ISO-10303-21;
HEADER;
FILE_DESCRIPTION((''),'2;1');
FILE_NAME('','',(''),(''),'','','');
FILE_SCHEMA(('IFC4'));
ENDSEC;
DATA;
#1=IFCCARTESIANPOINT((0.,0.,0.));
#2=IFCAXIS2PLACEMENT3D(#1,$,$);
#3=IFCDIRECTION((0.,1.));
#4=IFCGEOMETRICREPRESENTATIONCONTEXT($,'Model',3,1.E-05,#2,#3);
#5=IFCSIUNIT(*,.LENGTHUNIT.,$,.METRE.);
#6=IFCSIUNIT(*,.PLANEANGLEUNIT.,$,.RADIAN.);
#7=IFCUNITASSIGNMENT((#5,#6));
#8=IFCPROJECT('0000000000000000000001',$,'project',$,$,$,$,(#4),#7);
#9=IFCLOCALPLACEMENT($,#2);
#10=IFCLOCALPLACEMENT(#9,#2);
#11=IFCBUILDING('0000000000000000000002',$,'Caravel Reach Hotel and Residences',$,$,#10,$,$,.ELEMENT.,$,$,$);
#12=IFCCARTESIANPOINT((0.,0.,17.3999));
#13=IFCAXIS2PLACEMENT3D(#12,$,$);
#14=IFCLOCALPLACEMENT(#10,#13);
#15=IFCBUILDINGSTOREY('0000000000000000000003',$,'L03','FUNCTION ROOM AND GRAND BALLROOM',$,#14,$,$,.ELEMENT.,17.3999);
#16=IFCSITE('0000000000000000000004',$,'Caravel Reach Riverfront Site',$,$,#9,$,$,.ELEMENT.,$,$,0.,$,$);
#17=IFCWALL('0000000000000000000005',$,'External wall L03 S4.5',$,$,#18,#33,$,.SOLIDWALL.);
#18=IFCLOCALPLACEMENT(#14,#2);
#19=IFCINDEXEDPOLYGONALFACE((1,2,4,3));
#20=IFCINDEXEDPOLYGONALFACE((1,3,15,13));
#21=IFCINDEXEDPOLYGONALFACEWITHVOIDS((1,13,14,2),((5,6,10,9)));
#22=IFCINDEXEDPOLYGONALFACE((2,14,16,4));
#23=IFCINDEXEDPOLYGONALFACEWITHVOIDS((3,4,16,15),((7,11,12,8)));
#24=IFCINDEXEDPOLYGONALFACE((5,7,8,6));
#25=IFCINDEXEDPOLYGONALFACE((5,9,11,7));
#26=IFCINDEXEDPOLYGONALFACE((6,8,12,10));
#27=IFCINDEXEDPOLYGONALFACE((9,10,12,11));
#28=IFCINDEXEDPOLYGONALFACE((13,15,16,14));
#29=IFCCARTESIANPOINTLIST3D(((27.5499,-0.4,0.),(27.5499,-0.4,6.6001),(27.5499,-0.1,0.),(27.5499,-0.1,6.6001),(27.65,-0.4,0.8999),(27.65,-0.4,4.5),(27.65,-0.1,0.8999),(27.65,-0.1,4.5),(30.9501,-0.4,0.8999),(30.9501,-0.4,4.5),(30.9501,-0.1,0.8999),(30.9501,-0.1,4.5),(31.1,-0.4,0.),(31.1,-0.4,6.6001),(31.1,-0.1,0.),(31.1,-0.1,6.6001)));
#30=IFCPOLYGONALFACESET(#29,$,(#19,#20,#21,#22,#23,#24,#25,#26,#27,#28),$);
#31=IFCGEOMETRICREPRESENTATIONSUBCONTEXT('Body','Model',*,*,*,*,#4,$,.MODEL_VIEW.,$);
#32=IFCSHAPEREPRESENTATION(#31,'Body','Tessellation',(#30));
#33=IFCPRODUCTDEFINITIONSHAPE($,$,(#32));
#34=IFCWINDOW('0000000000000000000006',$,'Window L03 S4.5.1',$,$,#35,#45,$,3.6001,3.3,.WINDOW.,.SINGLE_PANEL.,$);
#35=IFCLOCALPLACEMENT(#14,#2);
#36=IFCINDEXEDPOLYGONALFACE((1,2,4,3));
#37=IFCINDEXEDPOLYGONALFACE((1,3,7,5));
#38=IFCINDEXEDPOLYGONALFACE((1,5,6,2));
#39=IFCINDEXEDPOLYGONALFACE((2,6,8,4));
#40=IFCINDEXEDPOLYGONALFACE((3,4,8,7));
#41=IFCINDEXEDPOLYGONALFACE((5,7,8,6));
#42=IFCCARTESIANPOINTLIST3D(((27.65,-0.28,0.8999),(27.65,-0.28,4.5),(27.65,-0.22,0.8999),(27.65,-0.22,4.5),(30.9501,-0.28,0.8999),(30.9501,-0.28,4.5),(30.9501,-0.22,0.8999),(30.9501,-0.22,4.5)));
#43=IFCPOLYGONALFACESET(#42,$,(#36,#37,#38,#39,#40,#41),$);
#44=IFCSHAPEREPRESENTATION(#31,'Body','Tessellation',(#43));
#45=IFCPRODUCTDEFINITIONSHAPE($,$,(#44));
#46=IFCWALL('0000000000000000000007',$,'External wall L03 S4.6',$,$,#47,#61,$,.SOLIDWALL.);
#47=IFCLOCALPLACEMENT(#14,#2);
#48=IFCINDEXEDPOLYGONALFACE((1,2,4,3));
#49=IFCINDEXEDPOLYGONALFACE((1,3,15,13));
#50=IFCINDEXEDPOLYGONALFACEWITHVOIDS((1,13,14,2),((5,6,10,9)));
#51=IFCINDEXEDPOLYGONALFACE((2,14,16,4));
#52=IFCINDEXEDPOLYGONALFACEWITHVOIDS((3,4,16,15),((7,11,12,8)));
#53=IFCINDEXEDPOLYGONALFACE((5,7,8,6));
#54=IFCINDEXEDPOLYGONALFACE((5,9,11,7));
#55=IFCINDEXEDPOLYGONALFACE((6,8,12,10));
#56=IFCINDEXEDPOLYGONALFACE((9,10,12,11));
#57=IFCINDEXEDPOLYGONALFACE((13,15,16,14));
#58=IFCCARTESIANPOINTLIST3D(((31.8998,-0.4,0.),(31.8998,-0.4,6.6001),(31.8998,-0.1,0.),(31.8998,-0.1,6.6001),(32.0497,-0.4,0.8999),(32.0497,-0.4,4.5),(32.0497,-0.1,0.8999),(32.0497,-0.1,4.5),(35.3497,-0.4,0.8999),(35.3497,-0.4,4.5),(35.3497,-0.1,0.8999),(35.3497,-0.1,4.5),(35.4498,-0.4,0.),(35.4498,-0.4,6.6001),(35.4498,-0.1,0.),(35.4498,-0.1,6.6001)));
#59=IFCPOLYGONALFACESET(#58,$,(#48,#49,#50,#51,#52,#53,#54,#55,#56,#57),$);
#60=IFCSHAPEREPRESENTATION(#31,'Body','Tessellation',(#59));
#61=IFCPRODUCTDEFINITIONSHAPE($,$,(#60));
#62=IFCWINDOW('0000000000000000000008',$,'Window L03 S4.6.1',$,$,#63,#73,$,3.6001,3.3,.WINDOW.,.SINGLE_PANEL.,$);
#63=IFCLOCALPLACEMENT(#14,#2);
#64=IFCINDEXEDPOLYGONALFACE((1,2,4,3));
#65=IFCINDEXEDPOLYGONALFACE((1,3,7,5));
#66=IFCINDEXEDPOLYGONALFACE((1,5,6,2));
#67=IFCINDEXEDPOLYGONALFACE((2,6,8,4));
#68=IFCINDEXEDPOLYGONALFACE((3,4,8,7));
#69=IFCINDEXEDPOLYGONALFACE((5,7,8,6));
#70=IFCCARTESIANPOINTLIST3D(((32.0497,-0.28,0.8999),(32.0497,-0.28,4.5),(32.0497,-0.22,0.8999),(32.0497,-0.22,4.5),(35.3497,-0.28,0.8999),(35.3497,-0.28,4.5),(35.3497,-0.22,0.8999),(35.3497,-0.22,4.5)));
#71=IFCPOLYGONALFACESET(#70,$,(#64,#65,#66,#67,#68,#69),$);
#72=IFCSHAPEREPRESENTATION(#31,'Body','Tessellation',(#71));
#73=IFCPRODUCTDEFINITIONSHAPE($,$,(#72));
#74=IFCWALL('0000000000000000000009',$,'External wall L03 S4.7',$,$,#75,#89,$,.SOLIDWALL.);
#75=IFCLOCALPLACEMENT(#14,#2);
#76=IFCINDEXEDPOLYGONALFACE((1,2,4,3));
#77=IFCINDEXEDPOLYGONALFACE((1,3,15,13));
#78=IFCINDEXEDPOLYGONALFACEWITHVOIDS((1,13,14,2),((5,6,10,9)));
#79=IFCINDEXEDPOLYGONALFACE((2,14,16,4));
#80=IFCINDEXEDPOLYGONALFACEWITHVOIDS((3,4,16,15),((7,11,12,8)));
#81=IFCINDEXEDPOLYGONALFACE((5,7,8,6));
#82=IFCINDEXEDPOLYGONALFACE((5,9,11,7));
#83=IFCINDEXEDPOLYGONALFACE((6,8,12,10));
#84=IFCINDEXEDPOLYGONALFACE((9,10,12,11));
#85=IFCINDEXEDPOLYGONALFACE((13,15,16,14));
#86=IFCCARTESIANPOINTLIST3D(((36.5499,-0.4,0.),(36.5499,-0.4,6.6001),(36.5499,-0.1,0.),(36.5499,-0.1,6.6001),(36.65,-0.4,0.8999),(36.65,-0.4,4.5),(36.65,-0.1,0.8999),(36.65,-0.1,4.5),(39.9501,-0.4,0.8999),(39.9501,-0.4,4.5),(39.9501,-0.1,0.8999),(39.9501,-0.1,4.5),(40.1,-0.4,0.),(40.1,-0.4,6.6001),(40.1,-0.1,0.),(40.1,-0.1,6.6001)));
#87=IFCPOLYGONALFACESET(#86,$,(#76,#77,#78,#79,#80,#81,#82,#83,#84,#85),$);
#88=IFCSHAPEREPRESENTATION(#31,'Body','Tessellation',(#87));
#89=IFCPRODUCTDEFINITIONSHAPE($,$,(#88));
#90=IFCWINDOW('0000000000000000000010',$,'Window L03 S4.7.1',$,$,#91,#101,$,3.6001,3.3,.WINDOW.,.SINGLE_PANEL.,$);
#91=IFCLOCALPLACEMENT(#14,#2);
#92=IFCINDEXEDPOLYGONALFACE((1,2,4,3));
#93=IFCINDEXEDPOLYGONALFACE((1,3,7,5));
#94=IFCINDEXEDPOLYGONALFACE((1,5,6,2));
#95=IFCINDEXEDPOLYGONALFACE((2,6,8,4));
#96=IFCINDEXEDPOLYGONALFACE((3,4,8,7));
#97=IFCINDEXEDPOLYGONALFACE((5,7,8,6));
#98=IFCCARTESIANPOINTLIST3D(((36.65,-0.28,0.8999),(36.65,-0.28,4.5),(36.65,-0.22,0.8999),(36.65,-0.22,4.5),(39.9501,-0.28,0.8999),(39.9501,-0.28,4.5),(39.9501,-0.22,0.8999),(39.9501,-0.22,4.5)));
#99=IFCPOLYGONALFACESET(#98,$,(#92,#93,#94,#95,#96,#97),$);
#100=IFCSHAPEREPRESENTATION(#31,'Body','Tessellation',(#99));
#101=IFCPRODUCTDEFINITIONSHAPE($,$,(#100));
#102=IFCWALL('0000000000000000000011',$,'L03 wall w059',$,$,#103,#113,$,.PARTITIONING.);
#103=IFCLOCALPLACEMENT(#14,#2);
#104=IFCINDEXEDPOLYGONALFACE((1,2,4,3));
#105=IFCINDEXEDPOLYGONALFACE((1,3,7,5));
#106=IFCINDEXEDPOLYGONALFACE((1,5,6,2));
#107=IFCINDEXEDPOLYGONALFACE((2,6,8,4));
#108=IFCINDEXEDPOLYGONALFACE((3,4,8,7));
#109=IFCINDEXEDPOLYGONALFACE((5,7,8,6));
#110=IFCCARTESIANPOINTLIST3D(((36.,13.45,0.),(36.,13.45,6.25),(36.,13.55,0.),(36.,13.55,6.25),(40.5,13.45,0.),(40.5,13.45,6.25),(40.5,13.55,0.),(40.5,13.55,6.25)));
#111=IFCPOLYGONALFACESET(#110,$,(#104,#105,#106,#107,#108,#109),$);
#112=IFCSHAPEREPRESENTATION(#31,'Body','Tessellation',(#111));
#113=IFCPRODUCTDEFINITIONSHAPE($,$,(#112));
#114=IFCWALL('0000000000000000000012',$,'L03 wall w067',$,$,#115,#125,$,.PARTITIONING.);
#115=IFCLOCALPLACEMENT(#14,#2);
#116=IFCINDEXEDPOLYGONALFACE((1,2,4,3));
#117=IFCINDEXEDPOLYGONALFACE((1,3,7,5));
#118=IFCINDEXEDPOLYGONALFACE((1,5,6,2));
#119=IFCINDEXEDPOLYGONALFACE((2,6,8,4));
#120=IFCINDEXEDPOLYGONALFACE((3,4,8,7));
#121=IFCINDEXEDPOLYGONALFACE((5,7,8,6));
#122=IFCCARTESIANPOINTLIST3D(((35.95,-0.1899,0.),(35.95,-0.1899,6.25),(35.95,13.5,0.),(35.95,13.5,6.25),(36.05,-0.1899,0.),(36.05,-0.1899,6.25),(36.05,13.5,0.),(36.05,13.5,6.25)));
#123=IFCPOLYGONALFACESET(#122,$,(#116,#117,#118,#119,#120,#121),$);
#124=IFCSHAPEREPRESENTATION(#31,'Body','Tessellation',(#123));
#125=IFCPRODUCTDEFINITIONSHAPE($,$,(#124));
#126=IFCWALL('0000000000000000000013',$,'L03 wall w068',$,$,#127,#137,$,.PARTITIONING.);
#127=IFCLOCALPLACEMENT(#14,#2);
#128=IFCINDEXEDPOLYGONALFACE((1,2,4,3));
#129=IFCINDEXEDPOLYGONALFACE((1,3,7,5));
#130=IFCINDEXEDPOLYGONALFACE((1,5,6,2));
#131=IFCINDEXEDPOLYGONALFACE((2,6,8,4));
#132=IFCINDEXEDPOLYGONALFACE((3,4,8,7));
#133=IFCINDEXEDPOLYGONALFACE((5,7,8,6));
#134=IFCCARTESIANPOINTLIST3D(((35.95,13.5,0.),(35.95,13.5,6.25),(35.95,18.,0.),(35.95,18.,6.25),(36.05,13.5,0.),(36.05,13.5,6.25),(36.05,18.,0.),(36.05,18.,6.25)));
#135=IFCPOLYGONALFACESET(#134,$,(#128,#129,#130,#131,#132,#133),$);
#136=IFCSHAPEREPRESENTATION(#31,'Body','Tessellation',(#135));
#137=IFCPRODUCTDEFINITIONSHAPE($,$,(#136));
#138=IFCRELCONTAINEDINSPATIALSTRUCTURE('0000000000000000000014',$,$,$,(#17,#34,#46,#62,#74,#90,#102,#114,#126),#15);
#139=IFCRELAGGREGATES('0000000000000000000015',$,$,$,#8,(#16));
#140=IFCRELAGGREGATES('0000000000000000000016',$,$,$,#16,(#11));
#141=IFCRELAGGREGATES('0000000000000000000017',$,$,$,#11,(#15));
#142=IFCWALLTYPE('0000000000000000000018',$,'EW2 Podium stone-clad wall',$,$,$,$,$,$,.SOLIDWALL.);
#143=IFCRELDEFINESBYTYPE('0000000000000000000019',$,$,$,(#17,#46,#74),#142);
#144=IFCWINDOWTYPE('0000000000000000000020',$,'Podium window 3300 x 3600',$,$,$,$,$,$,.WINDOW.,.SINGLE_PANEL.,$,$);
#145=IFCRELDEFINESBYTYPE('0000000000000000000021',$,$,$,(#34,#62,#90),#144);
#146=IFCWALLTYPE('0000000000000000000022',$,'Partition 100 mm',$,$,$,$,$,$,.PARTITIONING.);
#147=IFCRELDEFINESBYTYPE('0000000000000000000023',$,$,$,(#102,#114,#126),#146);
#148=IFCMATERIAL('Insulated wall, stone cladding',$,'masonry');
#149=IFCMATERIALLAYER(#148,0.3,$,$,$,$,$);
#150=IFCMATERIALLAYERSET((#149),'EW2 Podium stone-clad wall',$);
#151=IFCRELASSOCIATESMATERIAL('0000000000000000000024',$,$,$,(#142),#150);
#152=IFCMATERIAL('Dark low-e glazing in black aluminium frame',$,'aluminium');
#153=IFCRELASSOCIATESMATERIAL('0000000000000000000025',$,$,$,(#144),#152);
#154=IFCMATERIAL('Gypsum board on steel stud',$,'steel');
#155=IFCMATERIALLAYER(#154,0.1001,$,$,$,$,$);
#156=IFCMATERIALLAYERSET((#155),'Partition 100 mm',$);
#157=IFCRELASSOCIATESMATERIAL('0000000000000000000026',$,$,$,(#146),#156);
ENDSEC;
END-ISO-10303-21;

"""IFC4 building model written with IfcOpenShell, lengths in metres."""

from ifc_helpers import new_model, si_unit, direction, frame, frame_2d, origin, place, context, subcontext, project, spatial, rectangle, extrude, material, layer, layer_set, type_object, element, fill, save


model = new_model("IFC4")

# Units and contexts
model_context = context("Model", 3, precision=1e-05, world=origin(), true_north=direction((0.0, 1.0)))
body_context = subcontext(model_context, "Body", "Model", "MODEL_VIEW")
ifc_project = project(units=[si_unit("LENGTHUNIT", "METRE"), si_unit("PLANEANGLEUNIT", "RADIAN")], contexts=[model_context])

# Site, building, storey
site_placement = place(None, origin())
site = spatial("IfcSite", under=ifc_project, at=site_placement, Name="Caravel Reach Riverfront Site", CompositionType="ELEMENT", RefElevation=0.0)
building_placement = place(site_placement, origin())
building = spatial("IfcBuilding", under=site, at=building_placement, Name="Caravel Reach Hotel and Residences", CompositionType="ELEMENT")
storey_placement = place(building_placement, frame((0.0, 0.0, 17.3999)))
storey = spatial("IfcBuildingStorey", under=building, at=storey_placement, Name="L03", Description="FUNCTION ROOM AND GRAND BALLROOM", CompositionType="ELEMENT", Elevation=17.3999)

# Walls, openings, windows
ifc_material_1 = material(Name="Insulated wall, stone cladding", Category="masonry")
ifc_layer_1 = layer(ifc_material_1, 0.3)
ifc_layer_set_1 = layer_set([ifc_layer_1], Name="EW2 Podium stone-clad wall")
wall_type_1 = type_object("IfcWallType", Name="EW2 Podium stone-clad wall", PredefinedType="SOLIDWALL", material=ifc_layer_set_1)
wall_1_placement = place(storey_placement, frame((27.55, -0.25, 0.0), z_axis=(0.0, 0.0, 1.0), x_axis=(1.0, 0.0, 0.0)))
wall_1 = element("IfcWall", 1, at=wall_1_placement, inside=storey, type_object=wall_type_1, Name="External wall L03 S4.5", PredefinedType="SOLIDWALL", context=body_context, shape_type="SweptSolid", body=[
    extrude(rectangle(XDim=3.55, YDim=0.3, at=frame_2d((1.7749, 0.0))), origin(), (0.0, 0.0, 1.0), 6.6001),
])
opening_1_placement = place(wall_1_placement, frame((0.1001, 0.0, 0.8999)))
opening_1 = element("IfcOpeningElement", 2, at=opening_1_placement, cuts=wall_1, PredefinedType="OPENING", context=body_context, shape_type="SweptSolid", body=[
    extrude(rectangle(XDim=3.3, YDim=3.6001, at=frame_2d((1.6499, 1.8))), frame((0.0, 0.1599, 0.0), z_axis=(0.0, -1.0, 0.0), x_axis=(1.0, 0.0, 0.0)), (0.0, 0.0, 1.0), 0.3201),
])
ifc_material_2 = material(Name="Dark low-e glazing in black aluminium frame", Category="aluminium")
window_type = type_object("IfcWindowType", Name="Podium window 3300 x 3600", PartitioningType="SINGLE_PANEL", PredefinedType="WINDOW", material=ifc_material_2)
window_1_placement = place(opening_1_placement, origin())
window_1 = element("IfcWindow", 3, at=window_1_placement, inside=storey, type_object=window_type, Name="Window L03 S4.5.1", OverallHeight=3.6001, OverallWidth=3.3, PartitioningType="SINGLE_PANEL", PredefinedType="WINDOW", context=body_context, shape_type="SweptSolid", body=[
    extrude(rectangle(XDim=3.3, YDim=3.6001, at=frame_2d((1.6499, 1.8))), frame((0.0, 0.03, 0.0), z_axis=(0.0, -1.0, 0.0), x_axis=(1.0, 0.0, 0.0)), (0.0, 0.0, 1.0), 0.0601),
])
fill(opening_1, window_1)
wall_2_placement = place(storey_placement, frame((31.8999, -0.25, 0.0), z_axis=(0.0, 0.0, 1.0), x_axis=(1.0, 0.0, 0.0)))
wall_2 = element("IfcWall", 4, at=wall_2_placement, inside=storey, type_object=wall_type_1, Name="External wall L03 S4.6", PredefinedType="SOLIDWALL", context=body_context, shape_type="SweptSolid", body=[
    extrude(rectangle(XDim=3.55, YDim=0.3, at=frame_2d((1.7749, 0.0))), origin(), (0.0, 0.0, 1.0), 6.6001),
])
opening_2_placement = place(wall_2_placement, frame((0.1499, 0.0, 0.8999)))
opening_2 = element("IfcOpeningElement", 5, at=opening_2_placement, cuts=wall_2, PredefinedType="OPENING", context=body_context, shape_type="SweptSolid", body=[
    extrude(rectangle(XDim=3.3, YDim=3.6001, at=frame_2d((1.6499, 1.8))), frame((0.0, 0.1599, 0.0), z_axis=(0.0, -1.0, 0.0), x_axis=(1.0, 0.0, 0.0)), (0.0, 0.0, 1.0), 0.3201),
])
window_2_placement = place(opening_2_placement, origin())
window_2 = element("IfcWindow", 6, at=window_2_placement, inside=storey, type_object=window_type, Name="Window L03 S4.6.1", OverallHeight=3.6001, OverallWidth=3.3, PartitioningType="SINGLE_PANEL", PredefinedType="WINDOW", context=body_context, shape_type="SweptSolid", body=[
    extrude(rectangle(XDim=3.3, YDim=3.6001, at=frame_2d((1.6499, 1.8))), frame((0.0, 0.03, 0.0), z_axis=(0.0, -1.0, 0.0), x_axis=(1.0, 0.0, 0.0)), (0.0, 0.0, 1.0), 0.0601),
])
fill(opening_2, window_2)
wall_3_placement = place(storey_placement, frame((36.55, -0.25, 0.0), z_axis=(0.0, 0.0, 1.0), x_axis=(1.0, 0.0, 0.0)))
wall_3 = element("IfcWall", 7, at=wall_3_placement, inside=storey, type_object=wall_type_1, Name="External wall L03 S4.7", PredefinedType="SOLIDWALL", context=body_context, shape_type="SweptSolid", body=[
    extrude(rectangle(XDim=3.55, YDim=0.3, at=frame_2d((1.7749, 0.0))), origin(), (0.0, 0.0, 1.0), 6.6001),
])
opening_3_placement = place(wall_3_placement, frame((0.1001, 0.0, 0.8999)))
opening_3 = element("IfcOpeningElement", 8, at=opening_3_placement, cuts=wall_3, PredefinedType="OPENING", context=body_context, shape_type="SweptSolid", body=[
    extrude(rectangle(XDim=3.3, YDim=3.6001, at=frame_2d((1.6499, 1.8))), frame((0.0, 0.1599, 0.0), z_axis=(0.0, -1.0, 0.0), x_axis=(1.0, 0.0, 0.0)), (0.0, 0.0, 1.0), 0.3201),
])
window_3_placement = place(opening_3_placement, origin())
window_3 = element("IfcWindow", 9, at=window_3_placement, inside=storey, type_object=window_type, Name="Window L03 S4.7.1", OverallHeight=3.6001, OverallWidth=3.3, PartitioningType="SINGLE_PANEL", PredefinedType="WINDOW", context=body_context, shape_type="SweptSolid", body=[
    extrude(rectangle(XDim=3.3, YDim=3.6001, at=frame_2d((1.6499, 1.8))), frame((0.0, 0.03, 0.0), z_axis=(0.0, -1.0, 0.0), x_axis=(1.0, 0.0, 0.0)), (0.0, 0.0, 1.0), 0.0601),
])
fill(opening_3, window_3)

# Walls
ifc_material_3 = material(Name="Gypsum board on steel stud", Category="steel")
ifc_layer_2 = layer(ifc_material_3, 0.1001)
ifc_layer_set_2 = layer_set([ifc_layer_2], Name="Partition 100 mm")
wall_type_2 = type_object("IfcWallType", Name="Partition 100 mm", PredefinedType="PARTITIONING", material=ifc_layer_set_2)
wall_4_placement = place(storey_placement, frame((36.0, 13.5, 0.0), z_axis=(0.0, 0.0, 1.0), x_axis=(1.0, 0.0, 0.0)))
element("IfcWall", 10, at=wall_4_placement, inside=storey, type_object=wall_type_2, Name="L03 wall w059", PredefinedType="PARTITIONING", context=body_context, shape_type="SweptSolid", body=[
    extrude(rectangle(XDim=4.5, YDim=0.1001, at=frame_2d((2.25, 0.0))), origin(), (0.0, 0.0, 1.0), 6.25),
])
wall_5_placement = place(storey_placement, frame((36.0, -0.1899, 0.0), z_axis=(0.0, 0.0, 1.0), x_axis=(0.0, 1.0, 0.0)))
element("IfcWall", 11, at=wall_5_placement, inside=storey, type_object=wall_type_2, Name="L03 wall w067", PredefinedType="PARTITIONING", context=body_context, shape_type="SweptSolid", body=[
    extrude(rectangle(XDim=13.6899, YDim=0.1001, at=frame_2d((6.845, 0.0))), origin(), (0.0, 0.0, 1.0), 6.25),
])
wall_6_placement = place(storey_placement, frame((36.0, 13.5, 0.0), z_axis=(0.0, 0.0, 1.0), x_axis=(0.0, 1.0, 0.0)))
element("IfcWall", 12, at=wall_6_placement, inside=storey, type_object=wall_type_2, Name="L03 wall w068", PredefinedType="PARTITIONING", context=body_context, shape_type="SweptSolid", body=[
    extrude(rectangle(XDim=4.5, YDim=0.1001, at=frame_2d((2.25, 0.0))), origin(), (0.0, 0.0, 1.0), 6.25),
])

save(model, "model.ifc")
